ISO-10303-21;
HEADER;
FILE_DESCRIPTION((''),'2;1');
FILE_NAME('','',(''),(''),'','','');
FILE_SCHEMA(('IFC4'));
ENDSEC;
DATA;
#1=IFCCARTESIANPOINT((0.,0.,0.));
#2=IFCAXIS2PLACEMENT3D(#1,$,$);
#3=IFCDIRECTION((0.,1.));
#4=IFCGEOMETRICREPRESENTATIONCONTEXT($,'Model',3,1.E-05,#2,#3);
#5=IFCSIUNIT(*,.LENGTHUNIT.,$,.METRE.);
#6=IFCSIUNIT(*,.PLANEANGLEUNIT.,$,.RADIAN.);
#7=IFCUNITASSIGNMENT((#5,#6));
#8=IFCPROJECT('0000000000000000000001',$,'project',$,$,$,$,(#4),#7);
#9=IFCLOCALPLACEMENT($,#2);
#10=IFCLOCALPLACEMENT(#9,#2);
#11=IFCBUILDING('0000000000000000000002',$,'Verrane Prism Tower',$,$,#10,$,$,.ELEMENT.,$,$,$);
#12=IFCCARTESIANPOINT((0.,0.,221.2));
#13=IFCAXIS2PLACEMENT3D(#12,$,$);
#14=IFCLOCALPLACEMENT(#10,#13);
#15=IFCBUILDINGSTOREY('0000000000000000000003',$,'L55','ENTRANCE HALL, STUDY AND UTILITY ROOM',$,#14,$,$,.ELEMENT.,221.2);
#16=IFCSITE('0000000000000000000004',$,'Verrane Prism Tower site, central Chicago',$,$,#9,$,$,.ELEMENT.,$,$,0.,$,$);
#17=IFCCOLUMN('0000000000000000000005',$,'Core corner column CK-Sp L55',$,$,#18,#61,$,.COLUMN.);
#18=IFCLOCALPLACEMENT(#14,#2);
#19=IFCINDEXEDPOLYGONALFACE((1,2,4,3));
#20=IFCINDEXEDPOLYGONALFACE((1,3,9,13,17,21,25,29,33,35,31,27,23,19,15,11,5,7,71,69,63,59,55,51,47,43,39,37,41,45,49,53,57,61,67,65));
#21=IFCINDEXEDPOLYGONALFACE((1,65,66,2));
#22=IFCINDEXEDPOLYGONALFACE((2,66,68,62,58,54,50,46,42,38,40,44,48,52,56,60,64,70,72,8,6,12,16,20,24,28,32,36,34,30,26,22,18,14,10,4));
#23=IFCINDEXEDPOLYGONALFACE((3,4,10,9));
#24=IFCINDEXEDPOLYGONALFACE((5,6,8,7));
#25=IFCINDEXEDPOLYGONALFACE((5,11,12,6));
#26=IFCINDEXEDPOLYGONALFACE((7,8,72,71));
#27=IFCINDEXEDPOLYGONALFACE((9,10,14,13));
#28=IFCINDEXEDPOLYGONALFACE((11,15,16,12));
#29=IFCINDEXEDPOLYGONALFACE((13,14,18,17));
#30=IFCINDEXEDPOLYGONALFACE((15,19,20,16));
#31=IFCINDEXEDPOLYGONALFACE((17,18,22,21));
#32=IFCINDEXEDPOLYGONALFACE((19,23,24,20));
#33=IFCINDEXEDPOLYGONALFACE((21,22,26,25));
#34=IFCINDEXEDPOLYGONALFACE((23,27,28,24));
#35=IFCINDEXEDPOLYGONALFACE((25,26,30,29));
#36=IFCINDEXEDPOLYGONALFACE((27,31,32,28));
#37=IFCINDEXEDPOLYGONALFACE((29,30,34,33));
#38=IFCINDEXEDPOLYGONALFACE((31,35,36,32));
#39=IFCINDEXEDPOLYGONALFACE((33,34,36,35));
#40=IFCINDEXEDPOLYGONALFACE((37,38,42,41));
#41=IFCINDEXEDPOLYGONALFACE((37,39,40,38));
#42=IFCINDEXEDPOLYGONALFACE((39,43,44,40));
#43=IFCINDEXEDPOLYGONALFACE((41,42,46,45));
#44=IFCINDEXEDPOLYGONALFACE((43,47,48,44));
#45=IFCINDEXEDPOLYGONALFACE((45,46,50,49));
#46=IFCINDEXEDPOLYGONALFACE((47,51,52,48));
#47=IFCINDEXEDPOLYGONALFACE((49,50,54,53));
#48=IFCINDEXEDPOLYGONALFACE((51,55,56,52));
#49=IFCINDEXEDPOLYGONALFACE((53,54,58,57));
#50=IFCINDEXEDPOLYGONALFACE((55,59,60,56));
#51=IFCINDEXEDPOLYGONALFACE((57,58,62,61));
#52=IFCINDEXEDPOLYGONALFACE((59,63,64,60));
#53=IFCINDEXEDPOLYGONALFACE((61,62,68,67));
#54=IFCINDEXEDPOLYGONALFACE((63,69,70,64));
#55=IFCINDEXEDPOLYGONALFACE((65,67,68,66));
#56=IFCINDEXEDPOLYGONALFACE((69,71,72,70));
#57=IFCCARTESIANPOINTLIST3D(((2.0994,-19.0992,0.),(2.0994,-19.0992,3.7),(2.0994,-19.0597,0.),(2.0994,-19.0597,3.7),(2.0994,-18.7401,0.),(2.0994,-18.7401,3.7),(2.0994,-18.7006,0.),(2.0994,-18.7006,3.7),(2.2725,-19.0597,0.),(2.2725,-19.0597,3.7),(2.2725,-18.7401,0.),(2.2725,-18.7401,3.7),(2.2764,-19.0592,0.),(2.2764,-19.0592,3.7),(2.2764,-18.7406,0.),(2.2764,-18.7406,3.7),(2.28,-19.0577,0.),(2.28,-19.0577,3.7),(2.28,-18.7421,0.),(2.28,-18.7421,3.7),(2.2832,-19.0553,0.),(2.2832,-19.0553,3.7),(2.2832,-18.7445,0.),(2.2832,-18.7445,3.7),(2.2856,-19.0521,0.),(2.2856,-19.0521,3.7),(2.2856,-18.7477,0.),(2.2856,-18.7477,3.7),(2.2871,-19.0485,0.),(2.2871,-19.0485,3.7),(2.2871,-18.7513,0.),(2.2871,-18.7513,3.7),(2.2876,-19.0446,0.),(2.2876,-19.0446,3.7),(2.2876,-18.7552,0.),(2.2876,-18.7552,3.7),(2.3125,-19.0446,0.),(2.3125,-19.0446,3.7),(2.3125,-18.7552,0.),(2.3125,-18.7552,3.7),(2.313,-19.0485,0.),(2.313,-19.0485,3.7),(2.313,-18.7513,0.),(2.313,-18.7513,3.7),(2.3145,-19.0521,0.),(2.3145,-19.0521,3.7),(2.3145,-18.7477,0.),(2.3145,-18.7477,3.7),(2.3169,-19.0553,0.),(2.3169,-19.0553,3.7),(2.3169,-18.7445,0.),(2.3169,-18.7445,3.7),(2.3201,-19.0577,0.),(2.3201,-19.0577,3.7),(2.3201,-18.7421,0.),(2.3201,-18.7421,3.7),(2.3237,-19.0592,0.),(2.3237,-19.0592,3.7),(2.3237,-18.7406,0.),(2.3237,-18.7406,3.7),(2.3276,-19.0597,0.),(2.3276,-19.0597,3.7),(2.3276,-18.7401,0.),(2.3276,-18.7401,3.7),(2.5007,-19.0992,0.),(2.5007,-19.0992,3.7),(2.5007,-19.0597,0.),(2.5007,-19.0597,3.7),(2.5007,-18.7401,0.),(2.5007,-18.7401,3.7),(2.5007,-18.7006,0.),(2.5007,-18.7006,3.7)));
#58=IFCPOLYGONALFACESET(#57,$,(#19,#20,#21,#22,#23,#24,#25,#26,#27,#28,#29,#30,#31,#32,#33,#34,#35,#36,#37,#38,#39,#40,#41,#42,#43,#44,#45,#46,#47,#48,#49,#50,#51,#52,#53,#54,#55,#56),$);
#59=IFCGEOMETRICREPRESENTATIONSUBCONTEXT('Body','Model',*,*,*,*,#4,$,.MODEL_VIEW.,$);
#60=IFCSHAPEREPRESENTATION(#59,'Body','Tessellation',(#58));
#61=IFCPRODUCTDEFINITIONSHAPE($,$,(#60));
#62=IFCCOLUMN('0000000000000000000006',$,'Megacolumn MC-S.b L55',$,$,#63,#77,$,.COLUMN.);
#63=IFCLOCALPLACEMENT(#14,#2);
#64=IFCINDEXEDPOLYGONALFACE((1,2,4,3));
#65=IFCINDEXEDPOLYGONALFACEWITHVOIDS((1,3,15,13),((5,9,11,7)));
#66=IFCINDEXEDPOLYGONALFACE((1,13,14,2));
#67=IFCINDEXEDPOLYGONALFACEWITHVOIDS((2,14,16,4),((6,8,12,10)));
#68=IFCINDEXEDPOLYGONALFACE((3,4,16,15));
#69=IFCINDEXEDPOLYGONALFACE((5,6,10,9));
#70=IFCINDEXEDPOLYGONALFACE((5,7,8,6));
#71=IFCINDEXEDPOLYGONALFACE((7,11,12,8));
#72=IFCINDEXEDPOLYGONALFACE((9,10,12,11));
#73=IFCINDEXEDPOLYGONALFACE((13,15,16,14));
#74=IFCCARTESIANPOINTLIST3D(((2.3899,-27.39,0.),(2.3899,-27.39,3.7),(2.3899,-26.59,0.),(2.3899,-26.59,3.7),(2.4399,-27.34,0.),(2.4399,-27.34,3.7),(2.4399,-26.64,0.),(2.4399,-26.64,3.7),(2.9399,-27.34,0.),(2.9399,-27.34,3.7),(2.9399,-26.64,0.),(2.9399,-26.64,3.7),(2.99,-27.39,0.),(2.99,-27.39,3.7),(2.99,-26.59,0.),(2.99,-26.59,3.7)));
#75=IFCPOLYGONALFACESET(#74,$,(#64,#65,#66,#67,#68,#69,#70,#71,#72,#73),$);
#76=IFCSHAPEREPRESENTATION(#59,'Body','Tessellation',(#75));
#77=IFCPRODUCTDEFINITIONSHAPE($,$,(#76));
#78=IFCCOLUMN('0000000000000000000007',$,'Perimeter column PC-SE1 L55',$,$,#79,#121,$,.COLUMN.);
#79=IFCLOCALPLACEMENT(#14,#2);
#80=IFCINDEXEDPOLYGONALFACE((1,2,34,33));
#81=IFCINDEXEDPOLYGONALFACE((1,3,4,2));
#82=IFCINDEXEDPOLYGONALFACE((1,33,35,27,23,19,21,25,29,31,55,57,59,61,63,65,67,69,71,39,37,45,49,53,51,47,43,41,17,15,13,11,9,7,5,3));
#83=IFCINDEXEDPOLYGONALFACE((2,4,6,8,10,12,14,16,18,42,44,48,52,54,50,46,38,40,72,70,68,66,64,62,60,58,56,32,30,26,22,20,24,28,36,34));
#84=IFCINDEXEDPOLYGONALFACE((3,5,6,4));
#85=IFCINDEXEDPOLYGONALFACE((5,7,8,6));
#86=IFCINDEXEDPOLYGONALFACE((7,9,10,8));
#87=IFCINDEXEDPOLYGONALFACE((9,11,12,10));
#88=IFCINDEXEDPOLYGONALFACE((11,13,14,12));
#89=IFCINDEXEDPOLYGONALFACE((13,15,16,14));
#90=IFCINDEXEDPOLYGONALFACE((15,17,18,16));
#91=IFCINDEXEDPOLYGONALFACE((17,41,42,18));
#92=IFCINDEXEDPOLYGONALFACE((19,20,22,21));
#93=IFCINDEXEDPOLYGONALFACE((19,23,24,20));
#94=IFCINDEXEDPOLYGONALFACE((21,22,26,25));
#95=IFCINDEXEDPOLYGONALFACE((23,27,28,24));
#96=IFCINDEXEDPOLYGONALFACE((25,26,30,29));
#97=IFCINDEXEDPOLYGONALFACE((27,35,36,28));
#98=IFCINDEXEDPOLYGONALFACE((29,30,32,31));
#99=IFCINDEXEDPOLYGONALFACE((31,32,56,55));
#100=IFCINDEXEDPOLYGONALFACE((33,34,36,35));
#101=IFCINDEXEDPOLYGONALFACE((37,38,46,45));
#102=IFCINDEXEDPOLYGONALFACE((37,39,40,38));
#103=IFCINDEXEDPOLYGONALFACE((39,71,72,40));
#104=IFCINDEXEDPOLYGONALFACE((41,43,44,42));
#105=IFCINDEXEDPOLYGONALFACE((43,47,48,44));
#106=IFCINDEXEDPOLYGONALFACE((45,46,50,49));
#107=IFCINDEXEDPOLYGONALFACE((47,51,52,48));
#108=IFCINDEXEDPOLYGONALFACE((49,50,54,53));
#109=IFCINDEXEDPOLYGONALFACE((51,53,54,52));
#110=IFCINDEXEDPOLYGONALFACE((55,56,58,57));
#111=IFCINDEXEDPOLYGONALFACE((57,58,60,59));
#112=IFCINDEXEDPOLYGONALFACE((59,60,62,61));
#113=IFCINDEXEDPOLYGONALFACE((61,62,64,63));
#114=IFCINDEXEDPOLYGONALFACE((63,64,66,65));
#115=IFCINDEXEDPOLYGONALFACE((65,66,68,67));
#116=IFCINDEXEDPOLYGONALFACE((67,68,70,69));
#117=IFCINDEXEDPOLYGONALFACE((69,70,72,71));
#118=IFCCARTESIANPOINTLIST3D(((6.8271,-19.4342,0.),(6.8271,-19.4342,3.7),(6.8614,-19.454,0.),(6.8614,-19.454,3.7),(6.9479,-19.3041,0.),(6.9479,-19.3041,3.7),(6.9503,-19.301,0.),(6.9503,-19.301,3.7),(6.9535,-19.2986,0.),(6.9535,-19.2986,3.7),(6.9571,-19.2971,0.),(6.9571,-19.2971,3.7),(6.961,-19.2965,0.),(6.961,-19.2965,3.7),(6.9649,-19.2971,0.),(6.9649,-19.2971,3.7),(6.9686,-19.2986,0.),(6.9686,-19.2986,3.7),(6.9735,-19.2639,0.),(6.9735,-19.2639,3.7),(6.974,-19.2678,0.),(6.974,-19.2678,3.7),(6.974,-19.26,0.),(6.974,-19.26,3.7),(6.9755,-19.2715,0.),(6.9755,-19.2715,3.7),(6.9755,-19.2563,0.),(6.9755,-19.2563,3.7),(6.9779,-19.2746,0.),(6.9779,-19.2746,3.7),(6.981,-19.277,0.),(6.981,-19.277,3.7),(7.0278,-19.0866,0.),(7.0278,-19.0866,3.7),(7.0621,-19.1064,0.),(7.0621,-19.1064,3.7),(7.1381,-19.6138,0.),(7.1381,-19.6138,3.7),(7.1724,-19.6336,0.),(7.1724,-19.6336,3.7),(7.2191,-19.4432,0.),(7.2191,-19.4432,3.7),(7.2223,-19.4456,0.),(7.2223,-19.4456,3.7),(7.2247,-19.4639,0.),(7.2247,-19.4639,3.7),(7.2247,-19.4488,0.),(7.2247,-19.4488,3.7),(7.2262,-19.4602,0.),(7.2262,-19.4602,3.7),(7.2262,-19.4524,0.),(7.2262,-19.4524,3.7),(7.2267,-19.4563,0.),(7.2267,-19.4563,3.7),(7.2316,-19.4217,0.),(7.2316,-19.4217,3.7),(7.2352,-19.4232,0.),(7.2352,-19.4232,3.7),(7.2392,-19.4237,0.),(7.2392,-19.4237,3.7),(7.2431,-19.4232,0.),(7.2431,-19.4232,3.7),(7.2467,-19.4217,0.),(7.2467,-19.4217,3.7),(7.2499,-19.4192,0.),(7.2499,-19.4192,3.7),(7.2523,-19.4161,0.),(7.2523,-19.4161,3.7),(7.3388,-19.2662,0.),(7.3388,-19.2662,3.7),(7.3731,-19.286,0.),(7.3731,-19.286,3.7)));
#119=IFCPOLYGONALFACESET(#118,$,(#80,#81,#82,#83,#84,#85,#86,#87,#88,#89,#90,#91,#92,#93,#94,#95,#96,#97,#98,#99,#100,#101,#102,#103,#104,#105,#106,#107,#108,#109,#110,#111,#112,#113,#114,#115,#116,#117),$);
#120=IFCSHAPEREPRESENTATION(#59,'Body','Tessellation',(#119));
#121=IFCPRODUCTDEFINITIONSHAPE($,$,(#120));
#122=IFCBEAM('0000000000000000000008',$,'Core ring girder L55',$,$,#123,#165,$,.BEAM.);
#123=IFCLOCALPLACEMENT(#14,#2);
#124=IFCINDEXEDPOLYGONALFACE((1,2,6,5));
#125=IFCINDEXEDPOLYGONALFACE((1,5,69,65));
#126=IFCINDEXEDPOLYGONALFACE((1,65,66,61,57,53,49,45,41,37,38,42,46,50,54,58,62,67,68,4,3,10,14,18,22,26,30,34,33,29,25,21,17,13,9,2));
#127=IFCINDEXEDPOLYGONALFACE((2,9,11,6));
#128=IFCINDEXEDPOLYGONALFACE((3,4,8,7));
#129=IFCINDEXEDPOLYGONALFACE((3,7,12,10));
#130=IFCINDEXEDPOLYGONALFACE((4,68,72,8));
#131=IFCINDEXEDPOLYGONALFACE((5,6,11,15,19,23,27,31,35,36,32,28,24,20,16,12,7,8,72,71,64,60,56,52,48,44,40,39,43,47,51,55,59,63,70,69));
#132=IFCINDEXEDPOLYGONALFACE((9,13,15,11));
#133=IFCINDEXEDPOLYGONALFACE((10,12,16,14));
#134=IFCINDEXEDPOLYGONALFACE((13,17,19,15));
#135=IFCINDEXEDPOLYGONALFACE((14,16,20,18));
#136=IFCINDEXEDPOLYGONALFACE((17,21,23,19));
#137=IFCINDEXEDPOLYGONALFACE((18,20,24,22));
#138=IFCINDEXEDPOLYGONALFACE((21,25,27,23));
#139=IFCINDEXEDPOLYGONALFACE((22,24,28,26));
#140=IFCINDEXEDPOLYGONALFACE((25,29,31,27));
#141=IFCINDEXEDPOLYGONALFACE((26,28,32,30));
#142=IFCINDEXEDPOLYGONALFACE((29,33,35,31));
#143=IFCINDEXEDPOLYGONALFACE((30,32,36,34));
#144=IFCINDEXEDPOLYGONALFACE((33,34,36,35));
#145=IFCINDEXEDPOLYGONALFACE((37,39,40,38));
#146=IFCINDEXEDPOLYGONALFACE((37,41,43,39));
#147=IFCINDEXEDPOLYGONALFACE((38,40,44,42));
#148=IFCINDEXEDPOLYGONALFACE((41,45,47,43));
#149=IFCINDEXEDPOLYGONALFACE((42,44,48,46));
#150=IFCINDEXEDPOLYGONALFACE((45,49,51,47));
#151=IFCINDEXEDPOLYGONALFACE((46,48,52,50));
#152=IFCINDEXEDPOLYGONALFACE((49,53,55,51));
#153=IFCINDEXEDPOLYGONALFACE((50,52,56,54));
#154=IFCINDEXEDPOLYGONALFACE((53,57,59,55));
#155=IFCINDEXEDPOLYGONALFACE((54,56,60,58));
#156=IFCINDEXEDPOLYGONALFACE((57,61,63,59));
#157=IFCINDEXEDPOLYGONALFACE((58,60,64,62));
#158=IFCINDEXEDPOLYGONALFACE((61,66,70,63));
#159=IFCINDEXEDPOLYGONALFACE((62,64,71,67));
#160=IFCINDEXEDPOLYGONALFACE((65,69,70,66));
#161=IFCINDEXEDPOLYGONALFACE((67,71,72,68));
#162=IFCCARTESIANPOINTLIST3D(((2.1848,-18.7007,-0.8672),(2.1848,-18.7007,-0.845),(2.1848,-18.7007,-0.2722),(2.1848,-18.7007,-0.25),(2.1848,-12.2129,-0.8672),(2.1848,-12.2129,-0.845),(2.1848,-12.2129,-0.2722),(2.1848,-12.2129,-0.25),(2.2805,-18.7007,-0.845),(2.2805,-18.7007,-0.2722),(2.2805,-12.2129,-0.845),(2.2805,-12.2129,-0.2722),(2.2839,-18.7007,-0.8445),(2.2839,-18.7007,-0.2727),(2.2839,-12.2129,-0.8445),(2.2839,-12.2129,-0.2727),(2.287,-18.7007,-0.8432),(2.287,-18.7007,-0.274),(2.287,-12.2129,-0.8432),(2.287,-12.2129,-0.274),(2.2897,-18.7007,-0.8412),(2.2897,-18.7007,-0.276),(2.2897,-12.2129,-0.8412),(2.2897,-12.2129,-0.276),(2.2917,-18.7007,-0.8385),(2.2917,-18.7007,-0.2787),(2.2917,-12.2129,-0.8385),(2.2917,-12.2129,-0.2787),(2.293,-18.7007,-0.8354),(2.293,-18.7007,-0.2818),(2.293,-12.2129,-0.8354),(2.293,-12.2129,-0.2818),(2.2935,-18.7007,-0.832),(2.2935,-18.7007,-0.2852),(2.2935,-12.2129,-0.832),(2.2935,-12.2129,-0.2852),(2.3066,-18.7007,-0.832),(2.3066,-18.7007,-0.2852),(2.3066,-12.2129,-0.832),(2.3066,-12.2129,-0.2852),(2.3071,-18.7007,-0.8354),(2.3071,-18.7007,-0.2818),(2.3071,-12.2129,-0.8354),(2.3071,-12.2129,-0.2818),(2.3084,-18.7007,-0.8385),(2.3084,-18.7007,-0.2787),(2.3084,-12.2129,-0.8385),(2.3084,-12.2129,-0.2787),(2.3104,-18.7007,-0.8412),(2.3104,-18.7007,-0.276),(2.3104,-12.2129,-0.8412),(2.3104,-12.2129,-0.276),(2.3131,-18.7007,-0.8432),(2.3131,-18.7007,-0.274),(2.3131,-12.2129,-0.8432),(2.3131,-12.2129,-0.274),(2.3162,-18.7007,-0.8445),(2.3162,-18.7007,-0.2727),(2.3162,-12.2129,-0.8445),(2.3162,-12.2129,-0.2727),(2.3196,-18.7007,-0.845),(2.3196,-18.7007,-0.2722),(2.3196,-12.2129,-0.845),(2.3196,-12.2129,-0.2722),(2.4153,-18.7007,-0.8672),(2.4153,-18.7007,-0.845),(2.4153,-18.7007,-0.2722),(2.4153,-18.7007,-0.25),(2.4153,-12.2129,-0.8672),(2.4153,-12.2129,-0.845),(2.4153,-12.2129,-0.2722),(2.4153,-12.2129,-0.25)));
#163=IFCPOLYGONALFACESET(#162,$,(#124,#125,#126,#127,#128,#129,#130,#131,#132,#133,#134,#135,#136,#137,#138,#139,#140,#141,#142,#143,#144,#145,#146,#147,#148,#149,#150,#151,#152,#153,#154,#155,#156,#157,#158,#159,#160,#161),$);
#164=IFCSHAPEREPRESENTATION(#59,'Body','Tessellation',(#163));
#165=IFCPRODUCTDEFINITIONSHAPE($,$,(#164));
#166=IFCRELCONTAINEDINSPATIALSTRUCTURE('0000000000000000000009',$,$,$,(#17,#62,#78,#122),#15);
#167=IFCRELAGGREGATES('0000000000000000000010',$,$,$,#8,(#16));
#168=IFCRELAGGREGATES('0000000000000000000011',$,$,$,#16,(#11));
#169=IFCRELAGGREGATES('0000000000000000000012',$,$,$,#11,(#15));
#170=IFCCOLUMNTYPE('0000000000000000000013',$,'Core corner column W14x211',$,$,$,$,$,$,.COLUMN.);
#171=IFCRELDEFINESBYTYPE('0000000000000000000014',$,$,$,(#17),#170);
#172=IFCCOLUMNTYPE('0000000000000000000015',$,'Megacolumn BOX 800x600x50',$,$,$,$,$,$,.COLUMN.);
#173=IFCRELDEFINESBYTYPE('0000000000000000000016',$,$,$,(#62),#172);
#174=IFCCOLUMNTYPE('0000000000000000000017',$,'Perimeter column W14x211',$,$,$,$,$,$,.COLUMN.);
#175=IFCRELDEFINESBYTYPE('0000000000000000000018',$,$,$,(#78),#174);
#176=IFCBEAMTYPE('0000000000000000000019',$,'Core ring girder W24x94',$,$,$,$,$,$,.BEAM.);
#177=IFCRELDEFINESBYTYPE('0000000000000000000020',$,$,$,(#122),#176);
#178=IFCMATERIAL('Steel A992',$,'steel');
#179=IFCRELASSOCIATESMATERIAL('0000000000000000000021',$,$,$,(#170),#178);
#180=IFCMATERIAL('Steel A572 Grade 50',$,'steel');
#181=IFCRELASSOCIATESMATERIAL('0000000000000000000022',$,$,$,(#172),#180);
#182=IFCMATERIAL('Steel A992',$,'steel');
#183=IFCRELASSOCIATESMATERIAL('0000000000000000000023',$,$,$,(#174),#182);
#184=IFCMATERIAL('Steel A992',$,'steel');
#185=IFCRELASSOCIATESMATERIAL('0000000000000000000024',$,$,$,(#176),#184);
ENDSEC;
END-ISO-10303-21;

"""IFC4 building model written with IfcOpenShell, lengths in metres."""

from ifc_helpers import new_model, si_unit, direction, frame, origin, origin_2d, place, context, subcontext, project, spatial, hollow_rectangle, i_section, extrude, material, material_profile, profile_set, type_object, element, save


model = new_model("IFC4")

# Units and contexts
model_context = context("Model", 3, precision=1e-05, world=origin(), true_north=direction((0.0, 1.0)))
body_context = subcontext(model_context, "Body", "Model", "MODEL_VIEW")
ifc_project = project(units=[si_unit("LENGTHUNIT", "METRE"), si_unit("PLANEANGLEUNIT", "RADIAN")], contexts=[model_context])

# Site, building, storey
site_placement = place(None, origin())
site = spatial("IfcSite", under=ifc_project, at=site_placement, Name="Verrane Prism Tower site, central Chicago", CompositionType="ELEMENT", RefElevation=0.0)
building_placement = place(site_placement, origin())
building = spatial("IfcBuilding", under=site, at=building_placement, Name="Verrane Prism Tower", CompositionType="ELEMENT")
storey_placement = place(building_placement, frame((0.0, 0.0, 221.2)))
storey = spatial("IfcBuildingStorey", under=building, at=storey_placement, Name="L55", Description="ENTRANCE HALL, STUDY AND UTILITY ROOM", CompositionType="ELEMENT", Elevation=221.2)

# Columns
ifc_material_1 = material(Name="Steel A992", Category="steel")
ifc_material_profile_1 = material_profile(ifc_material_1, i_section(OverallWidth=0.4014, OverallDepth=0.3987, WebThickness=0.0249, FlangeThickness=0.0396, FilletRadius=0.0151, at=origin_2d()), Name="W14x211")
ifc_profile_set_1 = profile_set([ifc_material_profile_1], Name="Steel A992")
column_type_1 = type_object("IfcColumnType", Name="Core corner column W14x211", PredefinedType="COLUMN", material=ifc_profile_set_1)
column_1_placement = place(storey_placement, frame((2.3, -18.8999, 0.0), z_axis=(0.0, 0.0, 1.0), x_axis=(-1.0, 0.0, 0.0)))
element("IfcColumn", 1, at=column_1_placement, inside=storey, type_object=column_type_1, Name="Core corner column CK-Sp L55", PredefinedType="COLUMN", context=body_context, shape_type="SweptSolid", body=[
    extrude(i_section(OverallWidth=0.4014, OverallDepth=0.3987, WebThickness=0.0249, FlangeThickness=0.0396, FilletRadius=0.0151, at=origin_2d()), origin(), (0.0, 0.0, 1.0), 3.7),
])
ifc_material_2 = material(Name="Steel A572 Grade 50", Category="steel")
ifc_material_profile_2 = material_profile(ifc_material_2, hollow_rectangle(XDim=0.6001, YDim=0.8, WallThickness=0.05, at=origin_2d()), Name="BOX 800x600x50")
ifc_profile_set_2 = profile_set([ifc_material_profile_2], Name="Steel A572 Grade 50")
column_type_2 = type_object("IfcColumnType", Name="Megacolumn BOX 800x600x50", PredefinedType="COLUMN", material=ifc_profile_set_2)
column_2_placement = place(storey_placement, frame((2.6899, -26.99, 0.0), z_axis=(0.0, 0.0, 1.0), x_axis=(-1.0, 0.0, 0.0)))
element("IfcColumn", 2, at=column_2_placement, inside=storey, type_object=column_type_2, Name="Megacolumn MC-S.b L55", PredefinedType="COLUMN", context=body_context, shape_type="SweptSolid", body=[
    extrude(hollow_rectangle(XDim=0.6001, YDim=0.8, WallThickness=0.05, at=origin_2d()), origin(), (0.0, 0.0, 1.0), 3.7),
])
ifc_material_3 = material(Name="Steel A992", Category="steel")
ifc_material_profile_3 = material_profile(ifc_material_3, i_section(OverallWidth=0.4014, OverallDepth=0.3987, WebThickness=0.0249, FlangeThickness=0.0396, FilletRadius=0.0151, at=origin_2d()), Name="W14x211")
ifc_profile_set_3 = profile_set([ifc_material_profile_3], Name="Steel A992")
column_type_3 = type_object("IfcColumnType", Name="Perimeter column W14x211", PredefinedType="COLUMN", material=ifc_profile_set_3)
column_3_placement = place(storey_placement, frame((7.1001, -19.3601, 0.0), z_axis=(0.0, 0.0, 1.0), x_axis=(-0.5, -0.866025, 0.0)))
element("IfcColumn", 3, at=column_3_placement, inside=storey, type_object=column_type_3, Name="Perimeter column PC-SE1 L55", PredefinedType="COLUMN", context=body_context, shape_type="SweptSolid", body=[
    extrude(i_section(OverallWidth=0.4014, OverallDepth=0.3987, WebThickness=0.0249, FlangeThickness=0.0396, FilletRadius=0.0151, at=origin_2d()), origin(), (0.0, 0.0, 1.0), 3.7),
])

# Beam
ifc_material_4 = material(Name="Steel A992", Category="steel")
ifc_material_profile_4 = material_profile(ifc_material_4, i_section(OverallWidth=0.2305, OverallDepth=0.6172, WebThickness=0.0132, FlangeThickness=0.0222, FilletRadius=0.0129, at=origin_2d()), Name="W24x94")
ifc_profile_set_4 = profile_set([ifc_material_profile_4], Name="Steel A992")
beam_type_1 = type_object("IfcBeamType", Name="Core ring girder W24x94", PredefinedType="BEAM", material=ifc_profile_set_4)
beam_1_placement = place(storey_placement, frame((2.3, -18.7007, -0.5586), z_axis=(0.0, 1.0, 0.0), x_axis=(-1.0, 0.0, 0.0)))
element("IfcBeam", 4, at=beam_1_placement, inside=storey, type_object=beam_type_1, Name="Core ring girder L55", PredefinedType="BEAM", context=body_context, shape_type="SweptSolid", body=[
    extrude(i_section(OverallWidth=0.2305, OverallDepth=0.6172, WebThickness=0.0132, FlangeThickness=0.0222, FilletRadius=0.0129, at=origin_2d()), origin(), (0.0, 0.0, 1.0), 6.4878),
])

save(model, "model.ifc")
